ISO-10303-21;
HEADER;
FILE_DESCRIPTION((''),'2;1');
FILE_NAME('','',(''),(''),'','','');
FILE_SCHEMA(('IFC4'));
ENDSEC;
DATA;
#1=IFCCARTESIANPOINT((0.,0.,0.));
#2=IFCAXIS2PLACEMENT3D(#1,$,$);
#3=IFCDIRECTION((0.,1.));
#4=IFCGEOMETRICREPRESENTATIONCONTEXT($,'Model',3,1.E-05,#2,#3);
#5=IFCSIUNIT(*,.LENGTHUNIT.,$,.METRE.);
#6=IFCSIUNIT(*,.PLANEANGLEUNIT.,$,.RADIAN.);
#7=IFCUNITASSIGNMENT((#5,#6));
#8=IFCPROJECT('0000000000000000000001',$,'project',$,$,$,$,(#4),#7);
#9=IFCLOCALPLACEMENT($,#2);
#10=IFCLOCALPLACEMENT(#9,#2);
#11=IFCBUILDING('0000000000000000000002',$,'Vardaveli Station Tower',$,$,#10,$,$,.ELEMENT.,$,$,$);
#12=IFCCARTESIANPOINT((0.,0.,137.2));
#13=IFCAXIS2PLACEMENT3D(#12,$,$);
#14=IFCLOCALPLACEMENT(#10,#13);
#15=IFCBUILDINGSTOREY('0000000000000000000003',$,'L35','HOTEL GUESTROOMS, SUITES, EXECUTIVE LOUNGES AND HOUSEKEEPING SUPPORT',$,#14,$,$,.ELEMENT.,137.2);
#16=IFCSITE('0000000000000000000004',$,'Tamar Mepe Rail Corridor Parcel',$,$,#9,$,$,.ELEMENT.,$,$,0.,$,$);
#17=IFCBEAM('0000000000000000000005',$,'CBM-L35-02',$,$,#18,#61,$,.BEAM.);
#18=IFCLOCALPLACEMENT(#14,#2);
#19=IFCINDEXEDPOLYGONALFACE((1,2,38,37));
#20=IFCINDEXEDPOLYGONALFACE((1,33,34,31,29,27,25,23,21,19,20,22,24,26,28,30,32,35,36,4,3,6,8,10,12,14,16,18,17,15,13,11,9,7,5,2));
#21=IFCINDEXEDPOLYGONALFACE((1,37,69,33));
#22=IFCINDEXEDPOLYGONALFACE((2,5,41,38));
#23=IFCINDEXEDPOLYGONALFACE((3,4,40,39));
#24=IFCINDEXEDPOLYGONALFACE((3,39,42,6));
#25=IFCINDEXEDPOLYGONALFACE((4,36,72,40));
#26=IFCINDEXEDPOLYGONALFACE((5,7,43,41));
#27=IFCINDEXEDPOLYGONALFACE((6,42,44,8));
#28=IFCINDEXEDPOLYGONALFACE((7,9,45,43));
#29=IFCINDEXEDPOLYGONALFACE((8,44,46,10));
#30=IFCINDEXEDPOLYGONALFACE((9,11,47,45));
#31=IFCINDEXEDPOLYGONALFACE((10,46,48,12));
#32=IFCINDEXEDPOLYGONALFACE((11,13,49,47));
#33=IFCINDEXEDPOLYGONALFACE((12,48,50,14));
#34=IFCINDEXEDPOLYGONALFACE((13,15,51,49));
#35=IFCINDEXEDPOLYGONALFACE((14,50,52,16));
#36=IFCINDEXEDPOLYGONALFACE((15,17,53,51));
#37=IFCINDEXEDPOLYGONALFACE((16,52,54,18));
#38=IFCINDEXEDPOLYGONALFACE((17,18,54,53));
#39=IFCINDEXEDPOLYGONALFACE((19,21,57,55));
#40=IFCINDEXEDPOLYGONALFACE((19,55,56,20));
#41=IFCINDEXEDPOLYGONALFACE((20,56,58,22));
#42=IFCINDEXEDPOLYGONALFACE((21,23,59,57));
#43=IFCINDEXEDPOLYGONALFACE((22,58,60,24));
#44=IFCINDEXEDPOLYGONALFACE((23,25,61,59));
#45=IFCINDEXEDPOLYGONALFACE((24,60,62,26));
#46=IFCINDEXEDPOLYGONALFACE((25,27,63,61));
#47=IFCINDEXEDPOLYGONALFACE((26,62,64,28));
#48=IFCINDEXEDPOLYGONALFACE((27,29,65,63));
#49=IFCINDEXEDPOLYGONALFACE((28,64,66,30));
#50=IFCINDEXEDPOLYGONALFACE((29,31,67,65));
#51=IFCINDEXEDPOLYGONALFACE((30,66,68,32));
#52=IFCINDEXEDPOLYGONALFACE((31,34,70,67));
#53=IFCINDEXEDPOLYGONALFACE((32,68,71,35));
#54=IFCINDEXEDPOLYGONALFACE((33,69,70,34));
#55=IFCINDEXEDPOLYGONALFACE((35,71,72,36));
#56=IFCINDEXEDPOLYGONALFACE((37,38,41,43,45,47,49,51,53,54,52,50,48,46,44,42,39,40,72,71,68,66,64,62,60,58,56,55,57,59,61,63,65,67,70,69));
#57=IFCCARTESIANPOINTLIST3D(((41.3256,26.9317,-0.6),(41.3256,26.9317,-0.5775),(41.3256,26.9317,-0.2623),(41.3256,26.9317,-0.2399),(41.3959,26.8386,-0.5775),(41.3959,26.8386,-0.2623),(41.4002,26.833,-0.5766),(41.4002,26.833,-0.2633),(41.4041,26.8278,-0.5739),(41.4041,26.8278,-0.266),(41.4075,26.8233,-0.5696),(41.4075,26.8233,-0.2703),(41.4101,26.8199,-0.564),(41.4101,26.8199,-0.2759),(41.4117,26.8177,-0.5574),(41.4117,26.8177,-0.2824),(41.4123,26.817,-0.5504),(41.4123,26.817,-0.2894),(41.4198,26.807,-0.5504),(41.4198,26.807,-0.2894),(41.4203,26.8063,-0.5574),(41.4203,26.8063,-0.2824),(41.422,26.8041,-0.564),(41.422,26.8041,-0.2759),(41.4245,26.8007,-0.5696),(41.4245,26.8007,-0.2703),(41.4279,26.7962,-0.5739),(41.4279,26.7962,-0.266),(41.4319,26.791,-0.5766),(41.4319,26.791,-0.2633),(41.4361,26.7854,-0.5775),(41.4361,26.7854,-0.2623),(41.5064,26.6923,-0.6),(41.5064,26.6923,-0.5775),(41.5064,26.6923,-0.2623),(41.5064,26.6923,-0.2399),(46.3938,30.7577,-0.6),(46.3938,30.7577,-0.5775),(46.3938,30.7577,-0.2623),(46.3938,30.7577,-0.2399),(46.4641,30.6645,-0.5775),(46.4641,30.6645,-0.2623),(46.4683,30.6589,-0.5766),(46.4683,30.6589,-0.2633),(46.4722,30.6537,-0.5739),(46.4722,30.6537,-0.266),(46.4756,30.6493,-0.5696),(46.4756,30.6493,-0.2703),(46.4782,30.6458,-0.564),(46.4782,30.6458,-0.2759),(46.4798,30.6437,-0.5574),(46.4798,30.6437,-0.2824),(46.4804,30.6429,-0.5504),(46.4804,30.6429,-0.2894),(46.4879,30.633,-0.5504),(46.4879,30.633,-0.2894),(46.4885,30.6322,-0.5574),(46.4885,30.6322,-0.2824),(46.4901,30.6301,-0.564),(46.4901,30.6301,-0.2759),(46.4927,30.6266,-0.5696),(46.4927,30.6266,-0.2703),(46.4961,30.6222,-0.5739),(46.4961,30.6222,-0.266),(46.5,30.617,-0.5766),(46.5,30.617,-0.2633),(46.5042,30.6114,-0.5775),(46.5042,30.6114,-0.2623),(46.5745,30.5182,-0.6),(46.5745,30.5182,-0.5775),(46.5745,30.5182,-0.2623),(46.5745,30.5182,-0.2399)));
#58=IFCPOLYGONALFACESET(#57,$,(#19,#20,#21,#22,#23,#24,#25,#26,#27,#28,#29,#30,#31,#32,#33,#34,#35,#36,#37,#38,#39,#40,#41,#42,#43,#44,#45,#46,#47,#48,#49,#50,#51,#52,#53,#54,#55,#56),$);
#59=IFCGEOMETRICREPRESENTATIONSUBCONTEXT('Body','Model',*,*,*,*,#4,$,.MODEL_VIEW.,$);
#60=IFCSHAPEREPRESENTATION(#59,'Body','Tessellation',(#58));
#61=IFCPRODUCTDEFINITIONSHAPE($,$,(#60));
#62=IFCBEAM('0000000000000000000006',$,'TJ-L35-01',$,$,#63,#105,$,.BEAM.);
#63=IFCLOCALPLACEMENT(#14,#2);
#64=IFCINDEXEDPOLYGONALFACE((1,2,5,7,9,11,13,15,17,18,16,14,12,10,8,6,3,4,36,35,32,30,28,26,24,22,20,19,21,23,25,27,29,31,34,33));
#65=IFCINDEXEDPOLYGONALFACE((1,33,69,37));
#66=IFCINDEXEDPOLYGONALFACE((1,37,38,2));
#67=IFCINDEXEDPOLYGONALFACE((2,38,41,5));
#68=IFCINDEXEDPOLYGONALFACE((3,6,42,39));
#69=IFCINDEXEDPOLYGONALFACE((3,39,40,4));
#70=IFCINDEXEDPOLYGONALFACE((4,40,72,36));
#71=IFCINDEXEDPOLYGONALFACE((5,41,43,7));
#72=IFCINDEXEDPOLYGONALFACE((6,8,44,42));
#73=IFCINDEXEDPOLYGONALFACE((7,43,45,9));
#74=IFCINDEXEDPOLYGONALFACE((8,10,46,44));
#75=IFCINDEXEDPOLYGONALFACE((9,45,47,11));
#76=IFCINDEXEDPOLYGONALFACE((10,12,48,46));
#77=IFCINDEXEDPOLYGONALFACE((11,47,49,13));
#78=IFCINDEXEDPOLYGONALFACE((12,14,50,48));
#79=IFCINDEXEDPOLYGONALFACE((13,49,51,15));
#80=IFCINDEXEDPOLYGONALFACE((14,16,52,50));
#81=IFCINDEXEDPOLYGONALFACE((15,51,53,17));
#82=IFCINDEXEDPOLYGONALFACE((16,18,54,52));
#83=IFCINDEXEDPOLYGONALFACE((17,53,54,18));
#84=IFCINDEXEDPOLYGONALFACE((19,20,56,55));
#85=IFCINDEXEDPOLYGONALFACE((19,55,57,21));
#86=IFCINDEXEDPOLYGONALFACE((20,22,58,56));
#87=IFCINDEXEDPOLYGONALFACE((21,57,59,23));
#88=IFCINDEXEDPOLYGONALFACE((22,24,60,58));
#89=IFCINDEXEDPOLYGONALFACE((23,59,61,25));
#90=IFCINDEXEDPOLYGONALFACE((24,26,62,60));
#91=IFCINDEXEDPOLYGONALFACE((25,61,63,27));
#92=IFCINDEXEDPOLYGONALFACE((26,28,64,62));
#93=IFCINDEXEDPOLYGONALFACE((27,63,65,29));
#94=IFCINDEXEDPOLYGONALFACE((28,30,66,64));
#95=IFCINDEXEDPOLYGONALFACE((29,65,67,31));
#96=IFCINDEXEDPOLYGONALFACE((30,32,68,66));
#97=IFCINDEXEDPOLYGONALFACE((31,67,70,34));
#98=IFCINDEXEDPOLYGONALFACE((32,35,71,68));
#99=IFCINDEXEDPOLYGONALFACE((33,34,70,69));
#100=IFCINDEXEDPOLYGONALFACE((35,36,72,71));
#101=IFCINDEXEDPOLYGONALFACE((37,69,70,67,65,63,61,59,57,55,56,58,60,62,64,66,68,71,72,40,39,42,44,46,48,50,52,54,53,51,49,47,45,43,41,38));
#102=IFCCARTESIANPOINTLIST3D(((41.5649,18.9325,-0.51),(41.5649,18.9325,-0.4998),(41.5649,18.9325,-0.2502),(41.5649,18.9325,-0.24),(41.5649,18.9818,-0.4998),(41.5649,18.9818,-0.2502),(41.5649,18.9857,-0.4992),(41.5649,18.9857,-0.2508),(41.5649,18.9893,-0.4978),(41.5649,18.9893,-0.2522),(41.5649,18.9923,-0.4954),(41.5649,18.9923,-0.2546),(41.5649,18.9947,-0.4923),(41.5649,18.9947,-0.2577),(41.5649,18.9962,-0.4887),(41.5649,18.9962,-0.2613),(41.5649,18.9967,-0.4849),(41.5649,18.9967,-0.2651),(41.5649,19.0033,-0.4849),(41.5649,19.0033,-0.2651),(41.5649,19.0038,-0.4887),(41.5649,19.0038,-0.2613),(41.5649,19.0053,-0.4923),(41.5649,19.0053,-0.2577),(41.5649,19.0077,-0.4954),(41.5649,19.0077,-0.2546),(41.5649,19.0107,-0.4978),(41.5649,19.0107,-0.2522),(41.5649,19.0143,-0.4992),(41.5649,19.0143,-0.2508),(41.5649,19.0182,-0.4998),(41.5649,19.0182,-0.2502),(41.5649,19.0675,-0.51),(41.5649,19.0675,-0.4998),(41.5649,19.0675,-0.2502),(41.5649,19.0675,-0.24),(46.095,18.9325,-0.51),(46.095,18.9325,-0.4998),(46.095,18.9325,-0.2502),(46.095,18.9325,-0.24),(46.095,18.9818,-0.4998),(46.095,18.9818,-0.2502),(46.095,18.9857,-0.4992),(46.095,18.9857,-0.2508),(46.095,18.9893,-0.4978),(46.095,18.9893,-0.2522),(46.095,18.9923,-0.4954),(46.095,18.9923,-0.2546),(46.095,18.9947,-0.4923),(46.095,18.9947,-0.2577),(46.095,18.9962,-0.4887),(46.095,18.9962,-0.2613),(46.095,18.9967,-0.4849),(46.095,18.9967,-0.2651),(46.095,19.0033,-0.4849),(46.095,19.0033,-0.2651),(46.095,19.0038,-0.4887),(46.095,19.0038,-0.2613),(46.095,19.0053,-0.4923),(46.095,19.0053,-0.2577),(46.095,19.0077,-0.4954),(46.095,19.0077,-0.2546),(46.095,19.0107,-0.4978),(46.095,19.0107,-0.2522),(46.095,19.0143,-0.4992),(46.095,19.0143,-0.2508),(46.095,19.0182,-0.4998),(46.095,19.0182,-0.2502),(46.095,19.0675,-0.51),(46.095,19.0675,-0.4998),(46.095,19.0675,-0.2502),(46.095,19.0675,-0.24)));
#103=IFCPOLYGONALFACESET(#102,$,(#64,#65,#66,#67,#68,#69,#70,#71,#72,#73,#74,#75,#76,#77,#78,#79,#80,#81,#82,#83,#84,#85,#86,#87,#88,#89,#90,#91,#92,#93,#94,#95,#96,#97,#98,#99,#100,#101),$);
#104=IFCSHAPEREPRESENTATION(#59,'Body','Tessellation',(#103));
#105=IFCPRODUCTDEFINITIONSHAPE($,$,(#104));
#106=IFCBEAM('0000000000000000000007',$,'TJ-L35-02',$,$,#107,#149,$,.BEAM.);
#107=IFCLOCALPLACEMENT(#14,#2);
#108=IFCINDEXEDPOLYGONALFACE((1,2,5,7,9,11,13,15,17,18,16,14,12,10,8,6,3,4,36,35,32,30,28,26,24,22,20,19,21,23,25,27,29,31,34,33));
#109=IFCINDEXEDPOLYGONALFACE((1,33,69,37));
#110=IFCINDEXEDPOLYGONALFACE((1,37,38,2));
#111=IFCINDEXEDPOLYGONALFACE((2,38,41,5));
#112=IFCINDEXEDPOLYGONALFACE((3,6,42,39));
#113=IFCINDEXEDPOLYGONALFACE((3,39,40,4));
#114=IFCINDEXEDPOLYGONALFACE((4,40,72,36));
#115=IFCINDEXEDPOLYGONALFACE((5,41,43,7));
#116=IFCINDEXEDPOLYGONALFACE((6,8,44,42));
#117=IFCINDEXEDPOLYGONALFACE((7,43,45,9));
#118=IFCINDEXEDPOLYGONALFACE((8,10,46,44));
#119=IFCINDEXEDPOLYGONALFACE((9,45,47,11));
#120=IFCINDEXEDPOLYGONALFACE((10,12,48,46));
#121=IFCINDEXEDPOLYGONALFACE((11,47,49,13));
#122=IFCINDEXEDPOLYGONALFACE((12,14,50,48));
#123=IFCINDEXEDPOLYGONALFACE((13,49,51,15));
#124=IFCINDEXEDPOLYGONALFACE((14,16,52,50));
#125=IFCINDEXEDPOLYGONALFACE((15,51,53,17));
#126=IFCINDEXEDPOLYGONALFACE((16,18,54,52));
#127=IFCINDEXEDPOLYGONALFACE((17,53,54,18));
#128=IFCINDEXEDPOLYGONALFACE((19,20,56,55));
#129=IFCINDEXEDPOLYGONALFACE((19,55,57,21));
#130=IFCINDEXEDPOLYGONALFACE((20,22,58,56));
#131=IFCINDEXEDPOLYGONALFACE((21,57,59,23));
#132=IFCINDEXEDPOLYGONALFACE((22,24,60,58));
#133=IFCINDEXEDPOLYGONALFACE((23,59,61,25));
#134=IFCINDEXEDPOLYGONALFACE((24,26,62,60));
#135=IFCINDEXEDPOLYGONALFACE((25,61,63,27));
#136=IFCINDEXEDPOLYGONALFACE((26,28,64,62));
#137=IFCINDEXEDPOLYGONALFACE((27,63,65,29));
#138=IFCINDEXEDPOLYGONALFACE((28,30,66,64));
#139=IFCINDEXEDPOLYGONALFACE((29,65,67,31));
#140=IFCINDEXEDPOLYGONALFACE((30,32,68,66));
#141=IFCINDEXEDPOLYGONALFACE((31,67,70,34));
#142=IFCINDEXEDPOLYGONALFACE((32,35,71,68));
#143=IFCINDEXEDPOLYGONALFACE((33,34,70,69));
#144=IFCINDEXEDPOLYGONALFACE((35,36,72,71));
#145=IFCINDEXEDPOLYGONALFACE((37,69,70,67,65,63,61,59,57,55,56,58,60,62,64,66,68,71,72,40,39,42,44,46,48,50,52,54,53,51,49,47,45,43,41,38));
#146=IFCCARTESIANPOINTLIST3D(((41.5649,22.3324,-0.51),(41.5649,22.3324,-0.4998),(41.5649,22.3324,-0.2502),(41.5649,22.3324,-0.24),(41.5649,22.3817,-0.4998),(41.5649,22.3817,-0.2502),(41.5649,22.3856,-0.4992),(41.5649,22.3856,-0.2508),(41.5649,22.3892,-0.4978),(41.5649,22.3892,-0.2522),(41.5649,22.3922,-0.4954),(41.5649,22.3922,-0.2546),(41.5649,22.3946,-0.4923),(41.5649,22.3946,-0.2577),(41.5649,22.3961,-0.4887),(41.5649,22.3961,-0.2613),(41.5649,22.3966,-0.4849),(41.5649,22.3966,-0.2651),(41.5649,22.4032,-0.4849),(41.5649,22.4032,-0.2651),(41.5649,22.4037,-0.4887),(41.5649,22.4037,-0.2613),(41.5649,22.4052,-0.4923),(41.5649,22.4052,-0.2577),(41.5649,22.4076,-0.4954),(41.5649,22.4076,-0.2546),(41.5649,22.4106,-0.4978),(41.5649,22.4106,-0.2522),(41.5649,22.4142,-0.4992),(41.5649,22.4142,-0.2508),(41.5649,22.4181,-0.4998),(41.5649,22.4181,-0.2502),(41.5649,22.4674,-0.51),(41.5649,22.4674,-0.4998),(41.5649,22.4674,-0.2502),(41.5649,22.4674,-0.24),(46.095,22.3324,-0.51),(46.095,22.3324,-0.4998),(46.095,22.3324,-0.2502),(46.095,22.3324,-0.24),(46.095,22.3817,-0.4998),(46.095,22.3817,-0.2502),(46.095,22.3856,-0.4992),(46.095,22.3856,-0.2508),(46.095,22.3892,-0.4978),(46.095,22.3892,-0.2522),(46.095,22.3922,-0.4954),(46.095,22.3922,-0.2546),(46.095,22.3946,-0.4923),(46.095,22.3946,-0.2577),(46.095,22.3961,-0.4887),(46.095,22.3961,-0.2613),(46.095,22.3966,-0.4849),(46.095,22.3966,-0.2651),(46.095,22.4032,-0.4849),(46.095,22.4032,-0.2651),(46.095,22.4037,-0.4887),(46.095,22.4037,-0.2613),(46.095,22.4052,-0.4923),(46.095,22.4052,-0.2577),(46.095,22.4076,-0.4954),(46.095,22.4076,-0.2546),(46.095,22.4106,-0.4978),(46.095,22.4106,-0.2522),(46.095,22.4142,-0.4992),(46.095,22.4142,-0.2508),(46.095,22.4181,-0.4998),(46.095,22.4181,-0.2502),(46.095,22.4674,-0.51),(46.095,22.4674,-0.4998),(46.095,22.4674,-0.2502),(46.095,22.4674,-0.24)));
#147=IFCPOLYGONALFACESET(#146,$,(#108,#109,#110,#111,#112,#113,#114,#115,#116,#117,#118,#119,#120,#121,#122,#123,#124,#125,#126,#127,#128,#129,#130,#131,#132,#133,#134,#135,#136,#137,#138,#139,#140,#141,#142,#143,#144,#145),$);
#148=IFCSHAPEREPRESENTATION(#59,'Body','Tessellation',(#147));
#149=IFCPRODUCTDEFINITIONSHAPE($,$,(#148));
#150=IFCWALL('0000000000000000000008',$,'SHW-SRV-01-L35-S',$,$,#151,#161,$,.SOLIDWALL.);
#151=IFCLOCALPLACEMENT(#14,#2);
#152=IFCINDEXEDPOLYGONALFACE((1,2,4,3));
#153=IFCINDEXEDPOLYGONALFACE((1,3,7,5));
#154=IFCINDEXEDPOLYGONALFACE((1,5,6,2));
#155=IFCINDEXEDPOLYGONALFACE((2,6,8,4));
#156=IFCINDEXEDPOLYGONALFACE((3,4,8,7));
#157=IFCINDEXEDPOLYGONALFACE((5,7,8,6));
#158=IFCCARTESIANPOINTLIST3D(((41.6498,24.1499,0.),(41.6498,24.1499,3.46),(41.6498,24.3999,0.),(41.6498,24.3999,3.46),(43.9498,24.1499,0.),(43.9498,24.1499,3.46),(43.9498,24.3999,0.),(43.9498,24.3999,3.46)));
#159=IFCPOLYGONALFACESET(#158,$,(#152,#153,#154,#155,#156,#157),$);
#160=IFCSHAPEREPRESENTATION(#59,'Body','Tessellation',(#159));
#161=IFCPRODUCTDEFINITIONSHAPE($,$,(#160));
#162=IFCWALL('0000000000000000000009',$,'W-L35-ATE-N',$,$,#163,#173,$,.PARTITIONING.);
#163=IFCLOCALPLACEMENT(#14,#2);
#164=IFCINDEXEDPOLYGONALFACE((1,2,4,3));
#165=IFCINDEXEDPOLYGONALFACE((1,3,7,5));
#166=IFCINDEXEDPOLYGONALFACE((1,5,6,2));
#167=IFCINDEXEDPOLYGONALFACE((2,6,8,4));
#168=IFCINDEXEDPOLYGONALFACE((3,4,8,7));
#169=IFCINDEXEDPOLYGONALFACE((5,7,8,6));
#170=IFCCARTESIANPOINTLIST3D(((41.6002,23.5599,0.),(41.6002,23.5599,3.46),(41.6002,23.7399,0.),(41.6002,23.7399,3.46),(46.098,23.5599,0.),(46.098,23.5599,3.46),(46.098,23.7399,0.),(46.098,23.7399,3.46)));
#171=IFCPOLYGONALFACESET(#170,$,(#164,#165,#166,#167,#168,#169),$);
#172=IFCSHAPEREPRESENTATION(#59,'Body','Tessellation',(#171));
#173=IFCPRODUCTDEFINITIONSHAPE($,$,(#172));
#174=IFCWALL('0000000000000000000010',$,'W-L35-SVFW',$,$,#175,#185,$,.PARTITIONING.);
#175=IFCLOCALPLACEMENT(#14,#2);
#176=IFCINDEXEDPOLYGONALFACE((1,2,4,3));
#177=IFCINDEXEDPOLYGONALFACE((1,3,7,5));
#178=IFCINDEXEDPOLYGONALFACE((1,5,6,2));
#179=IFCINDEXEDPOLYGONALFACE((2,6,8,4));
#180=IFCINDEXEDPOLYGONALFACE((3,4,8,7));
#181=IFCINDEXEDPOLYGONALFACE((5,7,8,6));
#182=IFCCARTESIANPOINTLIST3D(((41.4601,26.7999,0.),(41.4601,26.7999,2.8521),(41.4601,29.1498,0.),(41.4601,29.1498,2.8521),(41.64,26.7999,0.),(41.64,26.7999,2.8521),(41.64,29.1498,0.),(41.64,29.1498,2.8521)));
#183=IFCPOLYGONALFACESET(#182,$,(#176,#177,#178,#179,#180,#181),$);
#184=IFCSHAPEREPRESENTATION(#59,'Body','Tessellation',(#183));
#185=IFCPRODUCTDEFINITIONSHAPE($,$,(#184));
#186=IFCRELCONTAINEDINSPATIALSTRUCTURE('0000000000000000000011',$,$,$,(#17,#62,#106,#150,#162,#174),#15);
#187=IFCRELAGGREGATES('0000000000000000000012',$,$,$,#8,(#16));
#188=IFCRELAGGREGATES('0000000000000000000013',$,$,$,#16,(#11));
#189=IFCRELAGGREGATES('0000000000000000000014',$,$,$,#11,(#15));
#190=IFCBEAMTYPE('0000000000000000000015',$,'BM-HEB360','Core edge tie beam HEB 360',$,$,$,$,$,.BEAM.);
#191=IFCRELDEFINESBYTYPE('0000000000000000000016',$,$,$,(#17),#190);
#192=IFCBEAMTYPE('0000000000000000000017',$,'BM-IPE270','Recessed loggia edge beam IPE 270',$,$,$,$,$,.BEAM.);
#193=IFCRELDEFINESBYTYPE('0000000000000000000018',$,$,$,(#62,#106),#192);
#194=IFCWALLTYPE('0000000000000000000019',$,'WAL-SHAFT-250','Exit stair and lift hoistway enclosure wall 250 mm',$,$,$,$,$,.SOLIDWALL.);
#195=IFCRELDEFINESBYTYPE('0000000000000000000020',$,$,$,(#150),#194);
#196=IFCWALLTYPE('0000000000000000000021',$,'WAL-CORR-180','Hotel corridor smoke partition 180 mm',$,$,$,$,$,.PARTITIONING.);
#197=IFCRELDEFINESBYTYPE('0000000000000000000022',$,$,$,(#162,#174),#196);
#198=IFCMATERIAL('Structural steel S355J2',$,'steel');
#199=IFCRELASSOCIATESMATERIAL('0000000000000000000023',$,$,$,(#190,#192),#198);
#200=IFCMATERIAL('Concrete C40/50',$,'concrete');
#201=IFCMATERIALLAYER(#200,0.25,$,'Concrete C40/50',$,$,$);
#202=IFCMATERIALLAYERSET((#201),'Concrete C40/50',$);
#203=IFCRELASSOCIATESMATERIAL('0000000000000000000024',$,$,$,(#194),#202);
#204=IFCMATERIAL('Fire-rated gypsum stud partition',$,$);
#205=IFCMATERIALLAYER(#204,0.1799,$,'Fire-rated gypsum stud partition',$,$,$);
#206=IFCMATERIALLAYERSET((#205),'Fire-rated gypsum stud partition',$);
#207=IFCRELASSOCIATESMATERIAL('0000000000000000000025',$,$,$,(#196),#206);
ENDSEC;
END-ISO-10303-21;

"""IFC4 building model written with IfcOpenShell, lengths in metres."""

from ifc_helpers import new_model, si_unit, direction, frame, frame_2d, origin, origin_2d, place, context, subcontext, project, spatial, rectangle, i_section, extrude, source, transform, mapped, material, layer, layer_set, material_profile, profile_set, type_object, element, save


model = new_model("IFC4")

# Units and contexts
model_context = context("Model", 3, precision=1e-05, world=origin(), true_north=direction((0.0, 1.0)))
body_context = subcontext(model_context, "Body", "Model", "MODEL_VIEW")
ifc_project = project(units=[si_unit("LENGTHUNIT", "METRE"), si_unit("PLANEANGLEUNIT", "RADIAN")], contexts=[model_context])

# Site, building, storey
site_placement = place(None, origin())
site = spatial("IfcSite", under=ifc_project, at=site_placement, Name="Tamar Mepe Rail Corridor Parcel", CompositionType="ELEMENT", RefElevation=0.0)
building_placement = place(site_placement, origin())
building = spatial("IfcBuilding", under=site, at=building_placement, Name="Vardaveli Station Tower", CompositionType="ELEMENT")
storey_placement = place(building_placement, frame((0.0, 0.0, 137.2)))
storey = spatial("IfcBuildingStorey", under=building, at=storey_placement, Name="L35", Description="HOTEL GUESTROOMS, SUITES, EXECUTIVE LOUNGES AND HOUSEKEEPING SUPPORT", CompositionType="ELEMENT", Elevation=137.2)

# Beams
ifc_material_1 = material(Name="Structural steel S355J2", Category="steel")
ifc_material_profile_1 = material_profile(ifc_material_1, i_section(OverallWidth=0.3, OverallDepth=0.3601, WebThickness=0.0125, FlangeThickness=0.0225, FilletRadius=0.0271, at=origin_2d()), Name="HEB 360")
ifc_profile_set_1 = profile_set([ifc_material_profile_1], Name="Structural steel S355J2")
beam_type_1 = type_object("IfcBeamType", Name="BM-HEB360", Description="Core edge tie beam HEB 360", PredefinedType="BEAM", material=ifc_profile_set_1)
shared_shape_1 = source(origin(), body_context, "Body", "SweptSolid", [
    extrude(i_section(OverallWidth=0.3, OverallDepth=0.3601, WebThickness=0.0125, FlangeThickness=0.0225, FilletRadius=0.0271, at=origin_2d()), origin(), (0.0, 0.0, 1.0), 6.3501),
])
beam_1_placement = place(storey_placement, frame((41.416, 26.812, -0.4199), z_axis=(0.798118, 0.602501, 0.0), x_axis=(-0.602501, 0.798118, 0.0)))
element("IfcBeam", 1, at=beam_1_placement, inside=storey, type_object=beam_type_1, Name="CBM-L35-02", PredefinedType="BEAM", context=body_context, shape_type="MappedRepresentation", body=[
    mapped(shared_shape_1, transform((0.0, 0.0, 0.0), scale=1.0)),
])
ifc_material_profile_2 = material_profile(ifc_material_1, i_section(OverallWidth=0.135, OverallDepth=0.27, WebThickness=0.0066, FlangeThickness=0.0103, FilletRadius=0.0149, at=origin_2d()), Name="IPE 270")
ifc_profile_set_2 = profile_set([ifc_material_profile_2], Name="Structural steel S355J2")
beam_type_2 = type_object("IfcBeamType", Name="BM-IPE270", Description="Recessed loggia edge beam IPE 270", PredefinedType="BEAM", material=ifc_profile_set_2)
shared_shape_2 = source(origin(), body_context, "Body", "SweptSolid", [
    extrude(i_section(OverallWidth=0.135, OverallDepth=0.27, WebThickness=0.0066, FlangeThickness=0.0103, FilletRadius=0.0149, at=origin_2d()), origin(), (0.0, 0.0, 1.0), 4.53),
])
for number, where, z_axis, x_axis, name in (
    (2, (41.5649, 19.0, -0.375), (1.0, 0.0, 0.0), (0.0, 1.0, 0.0), "TJ-L35-01"),
    (3, (41.5649, 22.3999, -0.375), (1.0, 0.0, 0.0), (0.0, 1.0, 0.0), "TJ-L35-02"),
):
    element("IfcBeam", number, at=place(storey_placement, frame(where, z_axis=z_axis, x_axis=x_axis)), inside=storey, type_object=beam_type_2, Name=name, PredefinedType="BEAM", context=body_context, shape_type="MappedRepresentation", body=[
        mapped(shared_shape_2, transform((0.0, 0.0, 0.0), scale=1.0)),
    ])

# Walls
ifc_material_2 = material(Name="Concrete C40/50", Category="concrete")
ifc_layer_1 = layer(ifc_material_2, 0.25, Name="Concrete C40/50")
ifc_layer_set_1 = layer_set([ifc_layer_1], Name="Concrete C40/50")
wall_type_1 = type_object("IfcWallType", Name="WAL-SHAFT-250", Description="Exit stair and lift hoistway enclosure wall 250 mm", PredefinedType="SOLIDWALL", material=ifc_layer_set_1)
shared_shape_3 = source(origin(), body_context, "Body", "SweptSolid", [
    extrude(rectangle(XDim=2.3, YDim=0.25, at=frame_2d((1.1499, 0.0))), origin(), (0.0, 0.0, 1.0), 3.46),
])
wall_1_placement = place(storey_placement, frame((41.6499, 24.2749, 0.0), z_axis=(0.0, 0.0, 1.0), x_axis=(1.0, 0.0, 0.0)))
element("IfcWall", 4, at=wall_1_placement, inside=storey, type_object=wall_type_1, Name="SHW-SRV-01-L35-S", PredefinedType="SOLIDWALL", context=body_context, shape_type="MappedRepresentation", body=[
    mapped(shared_shape_3, transform((0.0, 0.0, 0.0), scale=1.0)),
])
ifc_material_3 = material(Name="Fire-rated gypsum stud partition")
ifc_layer_2 = layer(ifc_material_3, 0.1799, Name="Fire-rated gypsum stud partition")
ifc_layer_set_2 = layer_set([ifc_layer_2], Name="Fire-rated gypsum stud partition")
wall_type_2 = type_object("IfcWallType", Name="WAL-CORR-180", Description="Hotel corridor smoke partition 180 mm", PredefinedType="PARTITIONING", material=ifc_layer_set_2)
shared_shape_4 = source(origin(), body_context, "Body", "SweptSolid", [
    extrude(rectangle(XDim=4.4978, YDim=0.1799, at=frame_2d((2.249, 0.0))), origin(), (0.0, 0.0, 1.0), 3.46),
])
wall_2_placement = place(storey_placement, frame((41.6001, 23.6499, 0.0), z_axis=(0.0, 0.0, 1.0), x_axis=(1.0, 0.0, 0.0)))
element("IfcWall", 5, at=wall_2_placement, inside=storey, type_object=wall_type_2, Name="W-L35-ATE-N", PredefinedType="PARTITIONING", context=body_context, shape_type="MappedRepresentation", body=[
    mapped(shared_shape_4, transform((0.0, 0.0, 0.0), scale=1.0)),
])
shared_shape_5 = source(origin(), body_context, "Body", "SweptSolid", [
    extrude(rectangle(XDim=2.3499, YDim=0.1799, at=frame_2d((1.1748, 0.0))), origin(), (0.0, 0.0, 1.0), 2.8521),
])
wall_3_placement = place(storey_placement, frame((41.55, 26.8, 0.0), z_axis=(0.0, 0.0, 1.0), x_axis=(0.0, 1.0, 0.0)))
element("IfcWall", 6, at=wall_3_placement, inside=storey, type_object=wall_type_2, Name="W-L35-SVFW", PredefinedType="PARTITIONING", context=body_context, shape_type="MappedRepresentation", body=[
    mapped(shared_shape_5, transform((0.0, 0.0, 0.0), scale=1.0)),
])

save(model, "model.ifc")
